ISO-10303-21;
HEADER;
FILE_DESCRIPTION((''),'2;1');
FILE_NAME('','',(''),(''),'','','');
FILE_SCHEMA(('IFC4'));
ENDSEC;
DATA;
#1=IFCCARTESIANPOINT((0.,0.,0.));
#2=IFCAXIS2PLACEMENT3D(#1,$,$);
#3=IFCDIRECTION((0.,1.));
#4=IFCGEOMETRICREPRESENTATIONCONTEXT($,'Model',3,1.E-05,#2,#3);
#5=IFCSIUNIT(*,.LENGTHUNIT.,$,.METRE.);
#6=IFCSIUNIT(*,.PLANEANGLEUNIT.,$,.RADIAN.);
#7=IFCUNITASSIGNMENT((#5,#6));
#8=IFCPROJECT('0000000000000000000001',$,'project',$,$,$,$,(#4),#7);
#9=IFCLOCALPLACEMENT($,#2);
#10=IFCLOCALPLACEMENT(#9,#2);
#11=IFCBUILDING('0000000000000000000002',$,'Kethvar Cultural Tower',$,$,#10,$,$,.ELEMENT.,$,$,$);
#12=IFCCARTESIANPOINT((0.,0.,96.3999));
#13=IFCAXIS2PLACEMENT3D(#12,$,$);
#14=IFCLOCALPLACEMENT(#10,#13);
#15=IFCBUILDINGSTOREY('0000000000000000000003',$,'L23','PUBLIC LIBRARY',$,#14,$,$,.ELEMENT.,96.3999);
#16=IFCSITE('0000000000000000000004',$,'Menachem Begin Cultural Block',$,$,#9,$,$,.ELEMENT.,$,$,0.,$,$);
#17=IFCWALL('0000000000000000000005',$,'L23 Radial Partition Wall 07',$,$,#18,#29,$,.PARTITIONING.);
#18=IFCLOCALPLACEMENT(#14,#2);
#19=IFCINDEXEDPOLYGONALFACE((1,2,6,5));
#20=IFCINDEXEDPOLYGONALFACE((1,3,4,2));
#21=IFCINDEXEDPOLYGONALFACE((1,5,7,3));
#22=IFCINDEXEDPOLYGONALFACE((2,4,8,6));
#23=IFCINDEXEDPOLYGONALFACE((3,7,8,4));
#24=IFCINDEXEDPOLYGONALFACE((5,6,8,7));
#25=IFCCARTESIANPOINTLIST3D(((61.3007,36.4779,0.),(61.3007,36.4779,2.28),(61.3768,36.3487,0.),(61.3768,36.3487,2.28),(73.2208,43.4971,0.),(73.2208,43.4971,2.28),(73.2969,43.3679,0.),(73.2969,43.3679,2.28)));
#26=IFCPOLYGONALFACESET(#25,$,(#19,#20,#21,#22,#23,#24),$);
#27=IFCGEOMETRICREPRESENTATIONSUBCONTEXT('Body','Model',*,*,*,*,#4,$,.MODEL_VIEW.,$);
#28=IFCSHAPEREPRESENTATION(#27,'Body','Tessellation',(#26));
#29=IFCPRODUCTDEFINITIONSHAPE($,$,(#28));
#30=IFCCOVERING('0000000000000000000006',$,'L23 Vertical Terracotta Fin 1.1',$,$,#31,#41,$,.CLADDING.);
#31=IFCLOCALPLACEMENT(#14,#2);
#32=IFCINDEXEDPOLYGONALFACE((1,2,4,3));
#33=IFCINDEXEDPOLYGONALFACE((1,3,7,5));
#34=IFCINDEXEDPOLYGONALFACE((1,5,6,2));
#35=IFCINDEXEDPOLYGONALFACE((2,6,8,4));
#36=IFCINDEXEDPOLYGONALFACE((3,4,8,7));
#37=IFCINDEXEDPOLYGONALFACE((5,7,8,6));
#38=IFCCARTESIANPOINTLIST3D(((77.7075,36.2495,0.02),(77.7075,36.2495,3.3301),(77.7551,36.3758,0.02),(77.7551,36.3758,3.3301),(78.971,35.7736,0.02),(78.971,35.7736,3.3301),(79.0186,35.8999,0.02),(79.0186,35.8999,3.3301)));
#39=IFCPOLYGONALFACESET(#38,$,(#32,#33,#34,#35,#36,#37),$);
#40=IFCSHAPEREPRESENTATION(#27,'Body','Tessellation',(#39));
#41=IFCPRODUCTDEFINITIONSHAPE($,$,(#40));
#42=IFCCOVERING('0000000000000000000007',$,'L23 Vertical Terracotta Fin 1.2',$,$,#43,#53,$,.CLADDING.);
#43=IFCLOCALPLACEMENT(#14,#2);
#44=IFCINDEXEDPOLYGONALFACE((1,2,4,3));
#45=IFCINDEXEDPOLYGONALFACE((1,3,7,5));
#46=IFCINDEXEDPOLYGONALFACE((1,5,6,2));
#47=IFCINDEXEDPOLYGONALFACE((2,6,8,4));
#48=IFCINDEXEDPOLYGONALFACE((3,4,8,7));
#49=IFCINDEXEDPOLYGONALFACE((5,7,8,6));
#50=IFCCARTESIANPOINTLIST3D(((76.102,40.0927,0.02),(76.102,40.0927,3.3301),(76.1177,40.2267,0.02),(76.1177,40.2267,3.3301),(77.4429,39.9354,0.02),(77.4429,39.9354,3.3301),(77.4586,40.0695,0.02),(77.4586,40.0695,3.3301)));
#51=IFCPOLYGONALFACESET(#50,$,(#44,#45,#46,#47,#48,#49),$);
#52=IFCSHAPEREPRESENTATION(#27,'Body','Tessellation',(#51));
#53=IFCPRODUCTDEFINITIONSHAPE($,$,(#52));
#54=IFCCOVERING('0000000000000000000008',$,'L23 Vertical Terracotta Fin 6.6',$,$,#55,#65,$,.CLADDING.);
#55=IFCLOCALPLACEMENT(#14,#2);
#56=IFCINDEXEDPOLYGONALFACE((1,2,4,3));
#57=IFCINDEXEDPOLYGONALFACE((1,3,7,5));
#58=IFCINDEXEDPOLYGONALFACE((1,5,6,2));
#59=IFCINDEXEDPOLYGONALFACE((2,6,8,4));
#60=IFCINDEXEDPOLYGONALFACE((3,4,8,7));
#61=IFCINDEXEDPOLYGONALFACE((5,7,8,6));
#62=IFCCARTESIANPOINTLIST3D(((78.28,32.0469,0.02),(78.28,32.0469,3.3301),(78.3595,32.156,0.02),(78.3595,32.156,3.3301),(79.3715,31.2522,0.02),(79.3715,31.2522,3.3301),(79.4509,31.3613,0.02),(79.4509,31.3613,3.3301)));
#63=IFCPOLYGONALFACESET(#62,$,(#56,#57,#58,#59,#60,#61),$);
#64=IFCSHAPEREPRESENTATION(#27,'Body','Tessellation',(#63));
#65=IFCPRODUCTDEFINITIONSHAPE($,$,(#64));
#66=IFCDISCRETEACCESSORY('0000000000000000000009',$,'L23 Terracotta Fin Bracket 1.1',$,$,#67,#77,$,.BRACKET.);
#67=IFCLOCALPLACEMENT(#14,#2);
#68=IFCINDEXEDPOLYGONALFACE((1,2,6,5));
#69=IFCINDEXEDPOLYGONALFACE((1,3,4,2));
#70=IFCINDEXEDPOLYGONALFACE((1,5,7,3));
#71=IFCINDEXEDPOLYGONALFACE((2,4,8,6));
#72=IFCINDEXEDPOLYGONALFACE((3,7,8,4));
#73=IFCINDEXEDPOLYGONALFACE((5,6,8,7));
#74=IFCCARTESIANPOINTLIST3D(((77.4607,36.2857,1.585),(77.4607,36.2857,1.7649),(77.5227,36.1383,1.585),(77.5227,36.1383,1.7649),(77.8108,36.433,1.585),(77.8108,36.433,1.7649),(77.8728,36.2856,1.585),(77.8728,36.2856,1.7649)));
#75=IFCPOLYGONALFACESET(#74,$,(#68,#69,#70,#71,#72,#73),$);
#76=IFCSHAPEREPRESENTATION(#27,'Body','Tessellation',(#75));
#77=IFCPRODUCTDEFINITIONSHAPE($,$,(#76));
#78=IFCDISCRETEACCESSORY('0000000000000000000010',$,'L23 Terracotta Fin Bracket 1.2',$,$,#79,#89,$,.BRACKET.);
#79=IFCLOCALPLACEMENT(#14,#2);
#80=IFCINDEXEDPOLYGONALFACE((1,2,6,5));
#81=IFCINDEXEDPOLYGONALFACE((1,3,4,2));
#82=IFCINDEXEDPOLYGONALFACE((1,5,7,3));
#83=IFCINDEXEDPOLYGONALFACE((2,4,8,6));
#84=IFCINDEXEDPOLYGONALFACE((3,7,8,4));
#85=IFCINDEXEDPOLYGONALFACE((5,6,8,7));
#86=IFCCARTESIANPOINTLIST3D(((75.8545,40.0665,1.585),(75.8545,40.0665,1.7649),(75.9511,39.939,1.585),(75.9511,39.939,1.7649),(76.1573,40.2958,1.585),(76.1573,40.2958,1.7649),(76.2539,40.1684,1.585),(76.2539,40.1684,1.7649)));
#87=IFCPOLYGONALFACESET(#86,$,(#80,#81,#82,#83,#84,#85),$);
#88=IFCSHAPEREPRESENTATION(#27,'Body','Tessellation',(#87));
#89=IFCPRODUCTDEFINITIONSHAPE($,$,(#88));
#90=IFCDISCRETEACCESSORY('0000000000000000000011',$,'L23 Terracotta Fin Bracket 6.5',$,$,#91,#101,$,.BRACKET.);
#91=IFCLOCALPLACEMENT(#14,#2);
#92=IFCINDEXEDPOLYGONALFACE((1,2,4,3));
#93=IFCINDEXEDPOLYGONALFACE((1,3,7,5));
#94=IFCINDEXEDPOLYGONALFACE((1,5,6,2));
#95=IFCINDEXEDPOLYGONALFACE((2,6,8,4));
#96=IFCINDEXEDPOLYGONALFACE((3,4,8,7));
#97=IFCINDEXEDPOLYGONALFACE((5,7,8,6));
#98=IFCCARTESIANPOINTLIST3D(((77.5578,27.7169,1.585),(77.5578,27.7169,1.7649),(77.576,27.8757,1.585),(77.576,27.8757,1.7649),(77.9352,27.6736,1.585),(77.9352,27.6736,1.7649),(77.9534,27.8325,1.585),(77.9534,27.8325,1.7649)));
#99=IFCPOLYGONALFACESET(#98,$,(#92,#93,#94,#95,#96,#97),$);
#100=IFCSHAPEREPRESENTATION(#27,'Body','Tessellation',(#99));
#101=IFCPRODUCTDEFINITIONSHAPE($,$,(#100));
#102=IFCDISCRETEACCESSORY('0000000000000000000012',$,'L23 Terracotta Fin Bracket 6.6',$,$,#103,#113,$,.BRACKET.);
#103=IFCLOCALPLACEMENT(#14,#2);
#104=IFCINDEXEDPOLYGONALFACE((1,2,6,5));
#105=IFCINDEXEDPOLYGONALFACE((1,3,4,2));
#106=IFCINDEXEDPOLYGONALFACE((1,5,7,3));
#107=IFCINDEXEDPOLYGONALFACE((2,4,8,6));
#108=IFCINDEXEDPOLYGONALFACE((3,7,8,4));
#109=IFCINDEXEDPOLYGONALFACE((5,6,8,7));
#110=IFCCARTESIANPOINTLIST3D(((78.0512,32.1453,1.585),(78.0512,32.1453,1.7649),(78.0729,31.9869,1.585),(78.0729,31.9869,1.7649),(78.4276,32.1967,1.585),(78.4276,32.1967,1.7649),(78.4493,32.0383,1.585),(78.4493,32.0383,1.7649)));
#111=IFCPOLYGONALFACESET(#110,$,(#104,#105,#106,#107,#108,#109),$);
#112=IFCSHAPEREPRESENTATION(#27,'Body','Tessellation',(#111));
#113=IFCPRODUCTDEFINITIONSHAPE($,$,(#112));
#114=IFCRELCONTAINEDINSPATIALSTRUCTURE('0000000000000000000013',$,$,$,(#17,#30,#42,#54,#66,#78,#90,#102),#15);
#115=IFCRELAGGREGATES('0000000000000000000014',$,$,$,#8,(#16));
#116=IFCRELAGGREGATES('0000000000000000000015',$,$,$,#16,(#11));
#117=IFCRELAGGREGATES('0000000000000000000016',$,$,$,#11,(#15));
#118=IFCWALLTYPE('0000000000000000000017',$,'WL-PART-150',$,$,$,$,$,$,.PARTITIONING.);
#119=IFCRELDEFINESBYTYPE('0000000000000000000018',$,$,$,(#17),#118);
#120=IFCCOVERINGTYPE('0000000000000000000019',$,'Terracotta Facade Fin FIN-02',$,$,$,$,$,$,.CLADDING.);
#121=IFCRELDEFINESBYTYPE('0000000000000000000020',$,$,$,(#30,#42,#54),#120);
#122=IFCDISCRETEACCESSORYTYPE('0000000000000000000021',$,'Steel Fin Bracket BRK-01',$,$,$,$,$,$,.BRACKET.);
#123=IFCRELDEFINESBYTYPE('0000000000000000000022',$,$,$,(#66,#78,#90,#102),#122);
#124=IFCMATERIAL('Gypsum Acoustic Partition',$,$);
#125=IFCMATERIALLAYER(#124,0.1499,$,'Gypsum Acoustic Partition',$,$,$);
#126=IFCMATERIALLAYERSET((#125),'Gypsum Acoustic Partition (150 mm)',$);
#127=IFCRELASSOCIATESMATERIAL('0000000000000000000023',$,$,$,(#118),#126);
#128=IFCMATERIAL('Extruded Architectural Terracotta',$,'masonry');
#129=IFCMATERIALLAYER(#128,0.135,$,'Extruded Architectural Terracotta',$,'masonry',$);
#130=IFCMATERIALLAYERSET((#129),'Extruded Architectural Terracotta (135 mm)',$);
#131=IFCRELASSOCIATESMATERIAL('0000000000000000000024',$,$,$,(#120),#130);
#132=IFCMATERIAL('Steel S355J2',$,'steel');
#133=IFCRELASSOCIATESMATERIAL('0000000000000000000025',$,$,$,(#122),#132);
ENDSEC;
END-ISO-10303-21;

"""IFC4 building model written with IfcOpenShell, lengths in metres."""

from ifc_helpers import new_model, si_unit, direction, frame, frame_2d, origin, origin_2d, place, context, subcontext, project, spatial, rectangle, extrude, source, transform, mapped, material, layer, layer_set, type_object, element, save


model = new_model("IFC4")

# Units and contexts
model_context = context("Model", 3, precision=1e-05, world=origin(), true_north=direction((0.0, 1.0)))
body_context = subcontext(model_context, "Body", "Model", "MODEL_VIEW")
ifc_project = project(units=[si_unit("LENGTHUNIT", "METRE"), si_unit("PLANEANGLEUNIT", "RADIAN")], contexts=[model_context])

# Site, building, storey
site_placement = place(None, origin())
site = spatial("IfcSite", under=ifc_project, at=site_placement, Name="Menachem Begin Cultural Block", CompositionType="ELEMENT", RefElevation=0.0)
building_placement = place(site_placement, origin())
building = spatial("IfcBuilding", under=site, at=building_placement, Name="Kethvar Cultural Tower", CompositionType="ELEMENT")
storey_placement = place(building_placement, frame((0.0, 0.0, 96.3999)))
storey = spatial("IfcBuildingStorey", under=building, at=storey_placement, Name="L23", Description="PUBLIC LIBRARY", CompositionType="ELEMENT", Elevation=96.3999)

# Shared definitions
ifc_material_1 = material(Name="Steel S355J2", Category="steel")

# Wall
ifc_material_2 = material(Name="Gypsum Acoustic Partition")
ifc_layer_1 = layer(ifc_material_2, 0.1499, Name="Gypsum Acoustic Partition")
ifc_layer_set_1 = layer_set([ifc_layer_1], Name="Gypsum Acoustic Partition (150 mm)")
wall_type_1 = type_object("IfcWallType", Name="WL-PART-150", PredefinedType="PARTITIONING", material=ifc_layer_set_1)
wall_1_placement = place(storey_placement, frame((61.3389, 36.4133, 0.0), z_axis=(0.0, 0.0, 1.0), x_axis=(0.8617, 0.507419, 0.0)))
element("IfcWall", 1, at=wall_1_placement, inside=storey, type_object=wall_type_1, Name="L23 Radial Partition Wall 07", PredefinedType="PARTITIONING", context=body_context, shape_type="SweptSolid", body=[
    extrude(rectangle(XDim=13.8333, YDim=0.1499, at=frame_2d((6.9165, 0.0))), origin(), (0.0, 0.0, 1.0), 2.28),
])

# Coverings
ifc_material_3 = material(Name="Extruded Architectural Terracotta", Category="masonry")
ifc_layer_2 = layer(ifc_material_3, 0.135, Name="Extruded Architectural Terracotta", Category="masonry")
ifc_layer_set_2 = layer_set([ifc_layer_2], Name="Extruded Architectural Terracotta (135 mm)")
covering_type = type_object("IfcCoveringType", Name="Terracotta Facade Fin FIN-02", PredefinedType="CLADDING", material=ifc_layer_set_2)
shared_shape_1 = source(origin(), body_context, "Body", "SweptSolid", [
    extrude(rectangle(XDim=1.3501, YDim=0.135, at=origin_2d()), origin(), (0.0, 0.0, 1.0), 3.3101),
])
for number, where, z_axis, x_axis, name in (
    (2, (78.363, 36.0747, 0.02), (0.0, 0.0, 1.0), (0.935814, -0.352495, 0.0), "L23 Vertical Terracotta Fin 1.1"),
    (3, (76.7803, 40.0811, 0.02), (0.0, 0.0, 1.0), (0.993191, -0.116497, 0.0), "L23 Vertical Terracotta Fin 1.2"),
    (4, (78.8655, 31.7041, 0.02), (0.0, 0.0, 1.0), (0.808401, -0.588632, 0.0), "L23 Vertical Terracotta Fin 6.6"),
):
    element("IfcCovering", number, at=place(storey_placement, frame(where, z_axis=z_axis, x_axis=x_axis)), inside=storey, type_object=covering_type, Name=name, PredefinedType="CLADDING", context=body_context, shape_type="MappedRepresentation", body=[
        mapped(shared_shape_1, transform((0.0, 0.0, 0.0), scale=1.0)),
    ])

# Discrete accessories
discrete_accessory_type = type_object("IfcDiscreteAccessoryType", Name="Steel Fin Bracket BRK-01", PredefinedType="BRACKET", material=ifc_material_1)
shared_shape_2 = source(origin(), body_context, "Body", "SweptSolid", [
    extrude(rectangle(XDim=0.3799, YDim=0.1599, at=origin_2d()), origin(), (0.0, 0.0, 1.0), 0.1799),
])
for number, where, z_axis, x_axis, name in (
    (5, (77.6667, 36.2856, 1.585), (0.0, 0.0, 1.0), (0.921728, 0.387837, 0.0), "L23 Terracotta Fin Bracket 1.1"),
    (6, (76.0542, 40.1174, 1.585), (0.0, 0.0, 1.0), (0.797163, 0.603765, 0.0), "L23 Terracotta Fin Bracket 1.2"),
    (7, (77.7556, 27.7747, 1.585), (0.0, 0.0, 1.0), (0.993493, -0.113897, 0.0), "L23 Terracotta Fin Bracket 6.5"),
    (8, (78.2502, 32.0918, 1.585), (0.0, 0.0, 1.0), (0.990795, 0.13537, 0.0), "L23 Terracotta Fin Bracket 6.6"),
):
    element("IfcDiscreteAccessory", number, at=place(storey_placement, frame(where, z_axis=z_axis, x_axis=x_axis)), inside=storey, type_object=discrete_accessory_type, Name=name, PredefinedType="BRACKET", context=body_context, shape_type="MappedRepresentation", body=[
        mapped(shared_shape_2, transform((0.0, 0.0, 0.0), scale=1.0)),
    ])

save(model, "model.ifc")
